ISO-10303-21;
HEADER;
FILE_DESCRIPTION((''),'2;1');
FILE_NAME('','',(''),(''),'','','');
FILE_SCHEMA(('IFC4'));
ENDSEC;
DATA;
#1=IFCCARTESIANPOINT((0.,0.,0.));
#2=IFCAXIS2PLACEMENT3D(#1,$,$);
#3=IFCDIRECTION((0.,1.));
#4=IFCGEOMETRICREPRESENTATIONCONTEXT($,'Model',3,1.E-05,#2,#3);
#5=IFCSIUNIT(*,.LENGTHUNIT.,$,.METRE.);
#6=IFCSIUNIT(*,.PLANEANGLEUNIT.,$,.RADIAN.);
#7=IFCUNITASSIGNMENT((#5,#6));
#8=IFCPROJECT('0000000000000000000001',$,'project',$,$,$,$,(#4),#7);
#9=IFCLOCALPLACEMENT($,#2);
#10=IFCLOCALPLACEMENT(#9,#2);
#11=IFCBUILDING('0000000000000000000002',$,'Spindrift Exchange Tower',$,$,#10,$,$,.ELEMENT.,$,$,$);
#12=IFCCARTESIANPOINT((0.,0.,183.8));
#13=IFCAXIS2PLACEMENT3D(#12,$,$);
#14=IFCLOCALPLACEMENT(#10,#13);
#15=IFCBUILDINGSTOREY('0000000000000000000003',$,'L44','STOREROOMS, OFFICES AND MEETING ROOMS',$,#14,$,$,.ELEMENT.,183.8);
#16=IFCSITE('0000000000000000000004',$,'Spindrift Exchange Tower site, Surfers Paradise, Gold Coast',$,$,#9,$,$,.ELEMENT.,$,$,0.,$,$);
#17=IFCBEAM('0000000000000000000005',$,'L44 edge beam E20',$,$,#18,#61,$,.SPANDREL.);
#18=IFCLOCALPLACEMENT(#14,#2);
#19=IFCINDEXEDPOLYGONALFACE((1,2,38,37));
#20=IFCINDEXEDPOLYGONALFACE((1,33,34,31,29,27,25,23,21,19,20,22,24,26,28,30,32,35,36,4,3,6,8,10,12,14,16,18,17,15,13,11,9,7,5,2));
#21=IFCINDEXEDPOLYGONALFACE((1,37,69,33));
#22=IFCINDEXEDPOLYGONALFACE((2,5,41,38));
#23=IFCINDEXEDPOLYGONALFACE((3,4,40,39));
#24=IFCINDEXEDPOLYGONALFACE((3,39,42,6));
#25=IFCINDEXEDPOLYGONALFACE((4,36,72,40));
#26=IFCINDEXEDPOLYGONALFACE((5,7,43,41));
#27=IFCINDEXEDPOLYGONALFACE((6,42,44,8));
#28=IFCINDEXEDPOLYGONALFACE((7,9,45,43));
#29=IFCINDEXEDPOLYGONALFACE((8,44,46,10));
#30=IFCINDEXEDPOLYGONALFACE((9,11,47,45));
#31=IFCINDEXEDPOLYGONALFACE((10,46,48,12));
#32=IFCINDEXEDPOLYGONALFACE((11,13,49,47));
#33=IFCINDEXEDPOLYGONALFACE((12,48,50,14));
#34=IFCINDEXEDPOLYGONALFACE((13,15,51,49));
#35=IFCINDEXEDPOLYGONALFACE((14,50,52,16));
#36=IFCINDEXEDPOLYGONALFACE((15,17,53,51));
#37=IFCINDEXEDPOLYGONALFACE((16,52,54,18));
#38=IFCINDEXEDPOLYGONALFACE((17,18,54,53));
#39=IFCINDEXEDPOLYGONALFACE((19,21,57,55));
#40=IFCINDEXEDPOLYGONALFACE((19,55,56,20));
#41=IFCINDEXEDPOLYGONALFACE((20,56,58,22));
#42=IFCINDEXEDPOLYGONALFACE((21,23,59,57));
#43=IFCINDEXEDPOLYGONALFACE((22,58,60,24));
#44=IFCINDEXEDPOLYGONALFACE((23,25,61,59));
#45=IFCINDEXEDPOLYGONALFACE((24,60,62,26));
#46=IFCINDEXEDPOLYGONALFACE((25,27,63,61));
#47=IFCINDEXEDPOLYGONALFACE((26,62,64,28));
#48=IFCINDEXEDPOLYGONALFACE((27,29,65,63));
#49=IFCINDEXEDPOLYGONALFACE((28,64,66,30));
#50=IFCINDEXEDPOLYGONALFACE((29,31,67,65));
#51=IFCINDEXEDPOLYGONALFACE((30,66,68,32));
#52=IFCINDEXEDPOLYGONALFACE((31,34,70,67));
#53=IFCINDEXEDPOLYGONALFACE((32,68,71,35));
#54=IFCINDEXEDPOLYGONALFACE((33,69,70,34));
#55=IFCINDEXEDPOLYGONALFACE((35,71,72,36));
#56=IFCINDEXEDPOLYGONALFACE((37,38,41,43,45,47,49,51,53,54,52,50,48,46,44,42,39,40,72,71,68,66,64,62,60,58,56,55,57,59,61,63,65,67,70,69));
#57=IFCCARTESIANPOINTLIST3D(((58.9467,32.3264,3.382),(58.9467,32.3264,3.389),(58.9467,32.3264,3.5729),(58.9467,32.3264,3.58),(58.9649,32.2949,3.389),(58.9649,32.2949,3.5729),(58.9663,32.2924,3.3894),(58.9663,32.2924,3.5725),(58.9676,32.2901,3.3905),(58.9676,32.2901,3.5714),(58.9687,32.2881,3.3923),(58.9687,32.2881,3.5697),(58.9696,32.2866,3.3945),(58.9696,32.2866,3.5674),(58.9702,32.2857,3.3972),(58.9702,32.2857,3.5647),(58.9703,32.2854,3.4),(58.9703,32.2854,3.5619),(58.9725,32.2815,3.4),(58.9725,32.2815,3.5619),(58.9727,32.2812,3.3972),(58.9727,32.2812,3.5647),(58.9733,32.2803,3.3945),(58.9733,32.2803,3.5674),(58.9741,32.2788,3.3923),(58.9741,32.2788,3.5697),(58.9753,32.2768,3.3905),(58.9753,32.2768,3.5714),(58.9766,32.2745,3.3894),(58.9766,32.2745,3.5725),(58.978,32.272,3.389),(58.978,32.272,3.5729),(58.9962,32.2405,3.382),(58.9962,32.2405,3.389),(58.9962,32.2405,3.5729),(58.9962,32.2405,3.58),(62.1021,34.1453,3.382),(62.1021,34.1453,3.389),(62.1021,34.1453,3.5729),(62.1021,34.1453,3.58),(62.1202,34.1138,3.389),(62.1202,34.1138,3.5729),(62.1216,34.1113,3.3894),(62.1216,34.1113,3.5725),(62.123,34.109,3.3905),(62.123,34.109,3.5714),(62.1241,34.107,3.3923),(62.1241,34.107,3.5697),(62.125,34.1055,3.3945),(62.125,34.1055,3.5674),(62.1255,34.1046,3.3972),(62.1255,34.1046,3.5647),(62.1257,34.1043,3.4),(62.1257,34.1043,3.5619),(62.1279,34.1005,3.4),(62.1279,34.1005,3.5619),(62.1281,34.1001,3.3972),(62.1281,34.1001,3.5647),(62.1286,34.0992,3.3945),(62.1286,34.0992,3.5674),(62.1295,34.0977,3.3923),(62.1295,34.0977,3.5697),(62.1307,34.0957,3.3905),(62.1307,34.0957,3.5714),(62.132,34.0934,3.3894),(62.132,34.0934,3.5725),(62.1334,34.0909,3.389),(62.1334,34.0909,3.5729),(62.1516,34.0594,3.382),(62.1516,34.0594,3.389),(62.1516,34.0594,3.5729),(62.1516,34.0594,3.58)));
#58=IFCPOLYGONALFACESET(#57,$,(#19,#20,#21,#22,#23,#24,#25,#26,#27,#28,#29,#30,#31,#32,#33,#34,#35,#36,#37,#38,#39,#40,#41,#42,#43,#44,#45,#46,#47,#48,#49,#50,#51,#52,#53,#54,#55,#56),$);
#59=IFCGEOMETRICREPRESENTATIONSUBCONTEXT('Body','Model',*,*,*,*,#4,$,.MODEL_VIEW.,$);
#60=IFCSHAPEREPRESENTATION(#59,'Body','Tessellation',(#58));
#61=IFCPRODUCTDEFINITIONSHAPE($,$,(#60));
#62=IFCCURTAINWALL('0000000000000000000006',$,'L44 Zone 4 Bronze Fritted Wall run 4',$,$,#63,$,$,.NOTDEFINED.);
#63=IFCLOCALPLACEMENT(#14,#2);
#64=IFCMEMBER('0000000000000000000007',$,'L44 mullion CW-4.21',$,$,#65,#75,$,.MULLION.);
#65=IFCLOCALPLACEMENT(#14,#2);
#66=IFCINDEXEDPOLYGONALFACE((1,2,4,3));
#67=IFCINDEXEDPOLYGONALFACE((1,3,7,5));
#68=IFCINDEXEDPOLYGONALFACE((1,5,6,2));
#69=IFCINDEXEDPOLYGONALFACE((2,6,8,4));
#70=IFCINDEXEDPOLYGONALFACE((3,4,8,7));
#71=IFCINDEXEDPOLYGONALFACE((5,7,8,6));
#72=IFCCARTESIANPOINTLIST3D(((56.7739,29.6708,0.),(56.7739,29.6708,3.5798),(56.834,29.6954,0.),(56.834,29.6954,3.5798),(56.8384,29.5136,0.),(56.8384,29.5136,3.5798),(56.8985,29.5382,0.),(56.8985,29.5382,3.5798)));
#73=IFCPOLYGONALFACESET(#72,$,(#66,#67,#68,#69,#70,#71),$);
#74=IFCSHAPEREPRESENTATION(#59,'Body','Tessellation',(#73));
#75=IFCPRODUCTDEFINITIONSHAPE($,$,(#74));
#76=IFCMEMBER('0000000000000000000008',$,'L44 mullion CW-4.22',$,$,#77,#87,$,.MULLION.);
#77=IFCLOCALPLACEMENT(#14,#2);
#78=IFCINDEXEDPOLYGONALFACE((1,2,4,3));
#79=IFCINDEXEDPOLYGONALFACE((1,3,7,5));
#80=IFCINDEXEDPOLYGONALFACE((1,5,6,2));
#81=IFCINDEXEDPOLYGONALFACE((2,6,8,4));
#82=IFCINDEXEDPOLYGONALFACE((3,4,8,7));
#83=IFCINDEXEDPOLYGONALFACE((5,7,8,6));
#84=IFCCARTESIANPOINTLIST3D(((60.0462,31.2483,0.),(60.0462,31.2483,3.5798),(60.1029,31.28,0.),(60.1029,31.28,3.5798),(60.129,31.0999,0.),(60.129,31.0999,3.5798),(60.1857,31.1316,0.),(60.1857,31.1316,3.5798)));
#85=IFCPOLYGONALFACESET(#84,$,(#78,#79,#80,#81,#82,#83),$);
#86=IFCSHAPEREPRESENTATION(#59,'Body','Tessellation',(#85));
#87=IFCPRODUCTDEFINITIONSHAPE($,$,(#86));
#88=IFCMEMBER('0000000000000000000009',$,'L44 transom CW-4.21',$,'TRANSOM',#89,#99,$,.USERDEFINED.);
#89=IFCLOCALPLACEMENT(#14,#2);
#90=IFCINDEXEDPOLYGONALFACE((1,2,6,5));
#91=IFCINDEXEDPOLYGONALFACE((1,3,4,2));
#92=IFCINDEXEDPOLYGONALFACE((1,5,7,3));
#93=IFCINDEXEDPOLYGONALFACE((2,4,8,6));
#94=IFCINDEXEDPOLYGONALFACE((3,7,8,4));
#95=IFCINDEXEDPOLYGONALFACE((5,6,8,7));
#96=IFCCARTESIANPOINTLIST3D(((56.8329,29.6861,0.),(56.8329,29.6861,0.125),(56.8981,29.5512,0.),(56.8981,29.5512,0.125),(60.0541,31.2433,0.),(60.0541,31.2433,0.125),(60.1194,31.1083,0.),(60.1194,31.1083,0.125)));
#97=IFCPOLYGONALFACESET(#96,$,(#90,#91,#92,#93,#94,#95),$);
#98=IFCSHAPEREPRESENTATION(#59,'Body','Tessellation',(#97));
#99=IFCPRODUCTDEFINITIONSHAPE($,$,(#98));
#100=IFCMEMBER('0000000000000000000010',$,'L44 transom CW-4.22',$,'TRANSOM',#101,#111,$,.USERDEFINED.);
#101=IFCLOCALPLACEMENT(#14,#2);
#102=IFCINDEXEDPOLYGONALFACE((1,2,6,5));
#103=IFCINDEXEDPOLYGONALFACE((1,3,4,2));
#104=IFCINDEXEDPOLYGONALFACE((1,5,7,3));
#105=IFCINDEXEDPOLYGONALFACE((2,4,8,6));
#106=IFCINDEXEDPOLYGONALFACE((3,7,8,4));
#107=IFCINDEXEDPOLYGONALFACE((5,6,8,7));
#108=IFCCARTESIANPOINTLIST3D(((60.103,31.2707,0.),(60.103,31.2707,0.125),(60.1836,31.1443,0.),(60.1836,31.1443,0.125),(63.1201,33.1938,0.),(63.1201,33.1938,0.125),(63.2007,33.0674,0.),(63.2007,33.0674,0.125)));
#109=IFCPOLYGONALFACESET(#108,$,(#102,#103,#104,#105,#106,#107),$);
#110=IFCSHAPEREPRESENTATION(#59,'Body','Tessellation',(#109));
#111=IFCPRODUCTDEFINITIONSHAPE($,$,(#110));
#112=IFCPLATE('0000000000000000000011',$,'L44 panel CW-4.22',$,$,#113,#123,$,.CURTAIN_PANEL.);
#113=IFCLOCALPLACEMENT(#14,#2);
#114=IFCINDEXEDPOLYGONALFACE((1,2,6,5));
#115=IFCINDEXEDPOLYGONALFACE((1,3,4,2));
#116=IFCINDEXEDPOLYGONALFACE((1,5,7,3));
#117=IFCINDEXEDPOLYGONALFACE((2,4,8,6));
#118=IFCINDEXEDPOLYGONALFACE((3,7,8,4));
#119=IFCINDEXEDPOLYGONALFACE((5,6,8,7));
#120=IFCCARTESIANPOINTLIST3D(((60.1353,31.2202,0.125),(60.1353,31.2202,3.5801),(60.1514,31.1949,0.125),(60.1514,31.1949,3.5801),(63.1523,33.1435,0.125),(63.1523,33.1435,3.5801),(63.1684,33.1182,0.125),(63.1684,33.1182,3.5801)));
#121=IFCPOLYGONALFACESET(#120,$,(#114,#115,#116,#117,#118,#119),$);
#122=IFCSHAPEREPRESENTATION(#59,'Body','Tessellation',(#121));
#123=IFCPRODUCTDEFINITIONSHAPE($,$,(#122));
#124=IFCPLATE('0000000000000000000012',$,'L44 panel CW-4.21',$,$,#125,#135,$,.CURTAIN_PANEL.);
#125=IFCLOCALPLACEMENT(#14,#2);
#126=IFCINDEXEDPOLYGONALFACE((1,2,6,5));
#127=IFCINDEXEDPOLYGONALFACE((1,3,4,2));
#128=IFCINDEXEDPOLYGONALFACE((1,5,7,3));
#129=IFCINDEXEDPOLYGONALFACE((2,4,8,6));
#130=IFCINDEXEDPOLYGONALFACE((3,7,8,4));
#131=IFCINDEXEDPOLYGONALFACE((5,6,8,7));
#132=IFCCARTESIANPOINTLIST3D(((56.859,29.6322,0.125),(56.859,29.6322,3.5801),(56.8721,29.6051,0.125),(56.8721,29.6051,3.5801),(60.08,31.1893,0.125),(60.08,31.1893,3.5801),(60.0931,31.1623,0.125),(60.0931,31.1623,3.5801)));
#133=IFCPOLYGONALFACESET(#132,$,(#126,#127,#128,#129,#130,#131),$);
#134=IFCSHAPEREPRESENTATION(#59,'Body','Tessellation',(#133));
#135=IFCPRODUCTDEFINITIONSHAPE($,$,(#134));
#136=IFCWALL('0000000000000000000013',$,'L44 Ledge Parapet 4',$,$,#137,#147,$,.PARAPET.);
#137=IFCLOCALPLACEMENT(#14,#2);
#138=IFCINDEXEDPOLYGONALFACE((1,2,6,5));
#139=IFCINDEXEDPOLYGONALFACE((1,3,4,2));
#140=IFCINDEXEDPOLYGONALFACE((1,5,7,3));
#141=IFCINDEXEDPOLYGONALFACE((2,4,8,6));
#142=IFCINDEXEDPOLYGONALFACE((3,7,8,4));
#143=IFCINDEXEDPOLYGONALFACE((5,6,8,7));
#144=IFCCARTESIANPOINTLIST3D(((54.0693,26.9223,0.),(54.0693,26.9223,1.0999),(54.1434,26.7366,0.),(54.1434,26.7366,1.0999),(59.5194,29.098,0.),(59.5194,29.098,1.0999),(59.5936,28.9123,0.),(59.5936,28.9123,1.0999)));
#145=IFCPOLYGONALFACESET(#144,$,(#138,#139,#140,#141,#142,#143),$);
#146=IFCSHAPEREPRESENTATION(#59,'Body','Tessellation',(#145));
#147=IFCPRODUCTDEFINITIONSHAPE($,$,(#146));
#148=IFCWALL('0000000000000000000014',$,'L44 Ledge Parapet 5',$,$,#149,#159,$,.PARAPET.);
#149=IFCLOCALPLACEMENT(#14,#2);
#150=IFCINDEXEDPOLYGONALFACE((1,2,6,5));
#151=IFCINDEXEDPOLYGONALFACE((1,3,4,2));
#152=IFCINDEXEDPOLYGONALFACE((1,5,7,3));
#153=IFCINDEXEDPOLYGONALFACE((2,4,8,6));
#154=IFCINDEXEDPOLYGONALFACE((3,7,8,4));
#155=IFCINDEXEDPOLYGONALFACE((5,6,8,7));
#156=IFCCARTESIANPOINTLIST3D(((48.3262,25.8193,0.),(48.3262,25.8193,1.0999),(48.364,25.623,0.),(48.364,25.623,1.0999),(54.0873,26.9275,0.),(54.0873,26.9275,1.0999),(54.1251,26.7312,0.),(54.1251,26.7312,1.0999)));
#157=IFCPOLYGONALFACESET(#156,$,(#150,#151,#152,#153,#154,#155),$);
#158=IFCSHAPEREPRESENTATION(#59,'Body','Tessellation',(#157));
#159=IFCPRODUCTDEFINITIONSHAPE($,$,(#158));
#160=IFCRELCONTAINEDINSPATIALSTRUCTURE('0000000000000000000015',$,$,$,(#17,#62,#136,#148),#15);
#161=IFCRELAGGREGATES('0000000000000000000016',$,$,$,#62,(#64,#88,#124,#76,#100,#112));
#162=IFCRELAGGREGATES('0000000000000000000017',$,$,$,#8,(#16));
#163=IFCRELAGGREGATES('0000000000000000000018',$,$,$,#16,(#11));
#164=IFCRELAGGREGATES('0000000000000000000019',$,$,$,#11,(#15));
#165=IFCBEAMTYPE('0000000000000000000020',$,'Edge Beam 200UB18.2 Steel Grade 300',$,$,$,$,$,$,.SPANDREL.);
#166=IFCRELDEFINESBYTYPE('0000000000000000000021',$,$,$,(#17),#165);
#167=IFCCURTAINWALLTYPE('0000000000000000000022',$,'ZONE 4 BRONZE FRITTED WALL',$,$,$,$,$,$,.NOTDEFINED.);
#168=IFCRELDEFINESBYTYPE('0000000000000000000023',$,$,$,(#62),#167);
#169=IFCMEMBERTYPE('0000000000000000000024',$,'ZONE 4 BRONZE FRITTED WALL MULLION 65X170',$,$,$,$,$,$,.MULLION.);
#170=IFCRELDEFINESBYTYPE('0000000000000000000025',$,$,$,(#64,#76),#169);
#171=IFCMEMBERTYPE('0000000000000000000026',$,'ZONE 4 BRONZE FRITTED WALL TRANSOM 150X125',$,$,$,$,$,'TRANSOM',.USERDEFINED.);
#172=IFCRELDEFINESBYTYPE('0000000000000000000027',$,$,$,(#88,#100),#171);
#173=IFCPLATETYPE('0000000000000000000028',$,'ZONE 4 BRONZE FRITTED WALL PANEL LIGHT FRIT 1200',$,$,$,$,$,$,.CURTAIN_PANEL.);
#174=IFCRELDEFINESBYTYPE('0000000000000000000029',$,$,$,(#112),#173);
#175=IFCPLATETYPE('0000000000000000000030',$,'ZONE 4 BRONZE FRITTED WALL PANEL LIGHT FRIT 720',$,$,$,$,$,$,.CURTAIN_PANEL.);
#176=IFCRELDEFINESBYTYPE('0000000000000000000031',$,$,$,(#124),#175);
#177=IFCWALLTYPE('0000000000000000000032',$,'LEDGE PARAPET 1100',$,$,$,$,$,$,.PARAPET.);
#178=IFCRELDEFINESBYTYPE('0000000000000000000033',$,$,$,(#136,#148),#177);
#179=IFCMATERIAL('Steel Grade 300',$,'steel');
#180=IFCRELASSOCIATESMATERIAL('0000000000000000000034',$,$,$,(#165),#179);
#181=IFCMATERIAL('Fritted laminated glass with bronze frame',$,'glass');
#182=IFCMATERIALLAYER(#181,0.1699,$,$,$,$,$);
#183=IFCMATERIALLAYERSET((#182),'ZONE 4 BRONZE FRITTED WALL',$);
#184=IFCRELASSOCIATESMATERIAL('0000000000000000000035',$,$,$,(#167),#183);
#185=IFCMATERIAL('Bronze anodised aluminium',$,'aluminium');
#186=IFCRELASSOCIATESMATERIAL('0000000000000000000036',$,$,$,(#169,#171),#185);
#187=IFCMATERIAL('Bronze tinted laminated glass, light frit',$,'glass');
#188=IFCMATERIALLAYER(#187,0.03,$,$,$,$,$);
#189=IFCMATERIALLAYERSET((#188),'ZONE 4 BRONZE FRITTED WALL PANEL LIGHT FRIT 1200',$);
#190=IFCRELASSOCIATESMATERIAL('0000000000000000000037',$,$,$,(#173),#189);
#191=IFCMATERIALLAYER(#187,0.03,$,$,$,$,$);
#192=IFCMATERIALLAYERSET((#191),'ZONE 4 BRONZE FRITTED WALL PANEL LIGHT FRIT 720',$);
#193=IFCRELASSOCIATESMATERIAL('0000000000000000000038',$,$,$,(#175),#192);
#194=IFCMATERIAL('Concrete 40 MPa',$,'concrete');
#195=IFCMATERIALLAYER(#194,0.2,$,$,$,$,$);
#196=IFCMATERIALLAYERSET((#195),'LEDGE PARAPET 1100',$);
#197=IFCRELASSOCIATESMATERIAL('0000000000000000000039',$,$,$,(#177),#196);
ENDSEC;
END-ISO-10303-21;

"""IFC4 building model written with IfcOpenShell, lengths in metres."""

from ifc_helpers import new_model, si_unit, direction, frame, frame_2d, origin, origin_2d, place, context, subcontext, project, spatial, rectangle, i_section, extrude, source, transform, mapped, material, layer, layer_set, material_profile, profile_set, type_object, element, aggregate, save


model = new_model("IFC4")

# Units and contexts
model_context = context("Model", 3, precision=1e-05, world=origin(), true_north=direction((0.0, 1.0)))
body_context = subcontext(model_context, "Body", "Model", "MODEL_VIEW")
ifc_project = project(units=[si_unit("LENGTHUNIT", "METRE"), si_unit("PLANEANGLEUNIT", "RADIAN")], contexts=[model_context])

# Site, building, storey
site_placement = place(None, origin())
site = spatial("IfcSite", under=ifc_project, at=site_placement, Name="Spindrift Exchange Tower site, Surfers Paradise, Gold Coast", CompositionType="ELEMENT", RefElevation=0.0)
building_placement = place(site_placement, origin())
building = spatial("IfcBuilding", under=site, at=building_placement, Name="Spindrift Exchange Tower", CompositionType="ELEMENT")
storey_placement = place(building_placement, frame((0.0, 0.0, 183.8)))
storey = spatial("IfcBuildingStorey", under=building, at=storey_placement, Name="L44", Description="STOREROOMS, OFFICES AND MEETING ROOMS", CompositionType="ELEMENT", Elevation=183.8)

# Beam
ifc_material_1 = material(Name="Steel Grade 300", Category="steel")
ifc_material_profile_1 = material_profile(ifc_material_1, i_section(OverallWidth=0.0991, OverallDepth=0.198, WebThickness=0.0044, FlangeThickness=0.0071, FilletRadius=0.011, at=origin_2d()), Name="200UB18.2")
ifc_profile_set_1 = profile_set([ifc_material_profile_1], Name="Steel Grade 300")
beam_type_1 = type_object("IfcBeamType", Name="Edge Beam 200UB18.2 Steel Grade 300", PredefinedType="SPANDREL", material=ifc_profile_set_1)
shared_shape_1 = source(origin(), body_context, "Body", "SweptSolid", [
    extrude(i_section(OverallWidth=0.0991, OverallDepth=0.198, WebThickness=0.0044, FlangeThickness=0.0071, FilletRadius=0.011, at=origin_2d()), origin(), (0.0, 0.0, 1.0), 3.6421),
])
beam_1_placement = place(storey_placement, frame((58.9714, 32.2834, 3.481), z_axis=(0.866364, 0.499413, 0.0), x_axis=(-0.499413, 0.866364, 0.0)))
element("IfcBeam", 1, at=beam_1_placement, inside=storey, type_object=beam_type_1, Name="L44 edge beam E20", PredefinedType="SPANDREL", context=body_context, shape_type="MappedRepresentation", body=[
    mapped(shared_shape_1, transform((0.0, 0.0, 0.0), scale=1.0)),
])

# Curtain wall, members, plates
ifc_material_2 = material(Name="Fritted laminated glass with bronze frame", Category="glass")
ifc_layer_1 = layer(ifc_material_2, 0.1699)
ifc_layer_set_1 = layer_set([ifc_layer_1], Name="ZONE 4 BRONZE FRITTED WALL")
curtain_wall_type = type_object("IfcCurtainWallType", Name="ZONE 4 BRONZE FRITTED WALL", PredefinedType="NOTDEFINED", material=ifc_layer_set_1)
curtain_wall_placement = place(storey_placement, origin())
curtain_wall = element("IfcCurtainWall", 2, at=curtain_wall_placement, inside=storey, type_object=curtain_wall_type, Name="L44 Zone 4 Bronze Fritted Wall run 4", PredefinedType="NOTDEFINED")
ifc_material_3 = material(Name="Bronze anodised aluminium", Category="aluminium")
ifc_material_profile_2 = material_profile(ifc_material_3, rectangle(XDim=0.0649, YDim=0.1699, at=origin_2d()), Name="ZONE 4 BRONZE FRITTED WALL MULLION 65X170")
ifc_profile_set_2 = profile_set([ifc_material_profile_2], Name="Bronze anodised aluminium")
member_type_1 = type_object("IfcMemberType", Name="ZONE 4 BRONZE FRITTED WALL MULLION 65X170", PredefinedType="MULLION", material=ifc_profile_set_2)
shared_shape_2 = source(origin(), body_context, "Body", "SweptSolid", [
    extrude(rectangle(XDim=0.0649, YDim=0.1699, at=origin_2d()), origin(), (0.0, 0.0, 1.0), 3.5798),
])
member_1_placement = place(storey_placement, frame((56.8362, 29.6045, 0.0), z_axis=(0.0, 0.0, 1.0), x_axis=(0.925066, 0.379807, 0.0)))
member_1 = element("IfcMember", 3, at=member_1_placement, type_object=member_type_1, Name="L44 mullion CW-4.21", PredefinedType="MULLION", context=body_context, shape_type="MappedRepresentation", body=[
    mapped(shared_shape_2, transform((0.0, 0.0, 0.0), scale=1.0)),
])
member_2_placement = place(storey_placement, frame((60.116, 31.1899, 0.0), z_axis=(0.0, 0.0, 1.0), x_axis=(0.873272, 0.487232, 0.0)))
member_2 = element("IfcMember", 4, at=member_2_placement, type_object=member_type_1, Name="L44 mullion CW-4.22", PredefinedType="MULLION", context=body_context, shape_type="MappedRepresentation", body=[
    mapped(shared_shape_2, transform((0.0, 0.0, 0.0), scale=1.0)),
])
ifc_material_profile_3 = material_profile(ifc_material_3, rectangle(XDim=0.1499, YDim=0.125, at=origin_2d()), Name="ZONE 4 BRONZE FRITTED WALL TRANSOM 150X125")
ifc_profile_set_3 = profile_set([ifc_material_profile_3], Name="Bronze anodised aluminium")
member_type_2 = type_object("IfcMemberType", Name="ZONE 4 BRONZE FRITTED WALL TRANSOM 150X125", ElementType="TRANSOM", PredefinedType="USERDEFINED", material=ifc_profile_set_3)
shared_shape_3 = source(origin(), body_context, "Body", "SweptSolid", [
    extrude(rectangle(XDim=0.1499, YDim=0.125, at=origin_2d()), origin(), (0.0, 0.0, 1.0), 3.5779),
])
member_3_placement = place(storey_placement, frame((56.8655, 29.6187, 0.0625), z_axis=(0.900325, 0.435218, 0.0), x_axis=(-0.435218, 0.900325, 0.0)))
member_3 = element("IfcMember", 5, at=member_3_placement, type_object=member_type_2, Name="L44 transom CW-4.21", ObjectType="TRANSOM", PredefinedType="USERDEFINED", context=body_context, shape_type="MappedRepresentation", body=[
    mapped(shared_shape_3, transform((0.0, 0.0, 0.0), scale=1.0)),
])
member_4_placement = place(storey_placement, frame((60.1433, 31.2075, 0.0625), z_axis=(0.843265, 0.537498, 0.0), x_axis=(-0.537498, 0.843265, 0.0)))
member_4 = element("IfcMember", 6, at=member_4_placement, type_object=member_type_2, Name="L44 transom CW-4.22", ObjectType="TRANSOM", PredefinedType="USERDEFINED", context=body_context, shape_type="MappedRepresentation", body=[
    mapped(shared_shape_3, transform((0.0, 0.0, 0.0), scale=1.0)),
])
ifc_material_4 = material(Name="Bronze tinted laminated glass, light frit", Category="glass")
ifc_layer_2 = layer(ifc_material_4, 0.03)
ifc_layer_set_2 = layer_set([ifc_layer_2], Name="ZONE 4 BRONZE FRITTED WALL PANEL LIGHT FRIT 1200")
plate_type_1 = type_object("IfcPlateType", Name="ZONE 4 BRONZE FRITTED WALL PANEL LIGHT FRIT 1200", PredefinedType="CURTAIN_PANEL", material=ifc_layer_set_2)
shared_shape_4 = source(origin(), body_context, "Body", "SweptSolid", [
    extrude(rectangle(XDim=3.5779, YDim=0.03, at=origin_2d()), origin(), (0.0, 0.0, 1.0), 3.4551),
])
plate_1_placement = place(storey_placement, frame((61.6519, 32.1692, 0.125), z_axis=(0.0, 0.0, 1.0), x_axis=(0.843237, 0.537542, 0.0)))
plate_1 = element("IfcPlate", 7, at=plate_1_placement, type_object=plate_type_1, Name="L44 panel CW-4.22", PredefinedType="CURTAIN_PANEL", context=body_context, shape_type="MappedRepresentation", body=[
    mapped(shared_shape_4, transform((0.0, 0.0, 0.0), scale=1.0)),
])
ifc_layer_3 = layer(ifc_material_4, 0.03)
ifc_layer_set_3 = layer_set([ifc_layer_3], Name="ZONE 4 BRONZE FRITTED WALL PANEL LIGHT FRIT 720")
plate_type_2 = type_object("IfcPlateType", Name="ZONE 4 BRONZE FRITTED WALL PANEL LIGHT FRIT 720", PredefinedType="CURTAIN_PANEL", material=ifc_layer_set_3)
shared_shape_5 = source(origin(), body_context, "Body", "SweptSolid", [
    extrude(rectangle(XDim=3.5776, YDim=0.03, at=origin_2d()), origin(), (0.0, 0.0, 1.0), 3.4551),
])
plate_2_placement = place(storey_placement, frame((58.4761, 30.3972, 0.125), z_axis=(0.0, 0.0, 1.0), x_axis=(0.90031, 0.435248, 0.0)))
plate_2 = element("IfcPlate", 8, at=plate_2_placement, type_object=plate_type_2, Name="L44 panel CW-4.21", PredefinedType="CURTAIN_PANEL", context=body_context, shape_type="MappedRepresentation", body=[
    mapped(shared_shape_5, transform((0.0, 0.0, 0.0), scale=1.0)),
])
aggregate(curtain_wall, [member_1, member_3, plate_2, member_2, member_4, plate_1])

# Walls
ifc_material_5 = material(Name="Concrete 40 MPa", Category="concrete")
ifc_layer_4 = layer(ifc_material_5, 0.2)
ifc_layer_set_4 = layer_set([ifc_layer_4], Name="LEDGE PARAPET 1100")
wall_type_1 = type_object("IfcWallType", Name="LEDGE PARAPET 1100", PredefinedType="PARAPET", material=ifc_layer_set_4)
wall_1_placement = place(storey_placement, frame((59.5564, 29.0051, 0.0), z_axis=(0.0, 0.0, 1.0), x_axis=(-0.928729, -0.370759, 0.0)))
element("IfcWall", 9, at=wall_1_placement, inside=storey, type_object=wall_type_1, Name="L44 Ledge Parapet 4", PredefinedType="PARAPET", context=body_context, shape_type="SweptSolid", body=[
    extrude(rectangle(XDim=5.8684, YDim=0.2, at=frame_2d((2.9341, 0.0))), origin(), (0.0, 0.0, 1.0), 1.0999),
])
wall_2_placement = place(storey_placement, frame((54.1062, 26.8293, 0.0), z_axis=(0.0, 0.0, 1.0), x_axis=(-0.981998, -0.188892, 0.0)))
element("IfcWall", 10, at=wall_2_placement, inside=storey, type_object=wall_type_1, Name="L44 Ledge Parapet 5", PredefinedType="PARAPET", context=body_context, shape_type="SweptSolid", body=[
    extrude(rectangle(XDim=5.8667, YDim=0.2, at=frame_2d((2.9333, 0.0))), origin(), (0.0, 0.0, 1.0), 1.0999),
])

save(model, "model.ifc")
